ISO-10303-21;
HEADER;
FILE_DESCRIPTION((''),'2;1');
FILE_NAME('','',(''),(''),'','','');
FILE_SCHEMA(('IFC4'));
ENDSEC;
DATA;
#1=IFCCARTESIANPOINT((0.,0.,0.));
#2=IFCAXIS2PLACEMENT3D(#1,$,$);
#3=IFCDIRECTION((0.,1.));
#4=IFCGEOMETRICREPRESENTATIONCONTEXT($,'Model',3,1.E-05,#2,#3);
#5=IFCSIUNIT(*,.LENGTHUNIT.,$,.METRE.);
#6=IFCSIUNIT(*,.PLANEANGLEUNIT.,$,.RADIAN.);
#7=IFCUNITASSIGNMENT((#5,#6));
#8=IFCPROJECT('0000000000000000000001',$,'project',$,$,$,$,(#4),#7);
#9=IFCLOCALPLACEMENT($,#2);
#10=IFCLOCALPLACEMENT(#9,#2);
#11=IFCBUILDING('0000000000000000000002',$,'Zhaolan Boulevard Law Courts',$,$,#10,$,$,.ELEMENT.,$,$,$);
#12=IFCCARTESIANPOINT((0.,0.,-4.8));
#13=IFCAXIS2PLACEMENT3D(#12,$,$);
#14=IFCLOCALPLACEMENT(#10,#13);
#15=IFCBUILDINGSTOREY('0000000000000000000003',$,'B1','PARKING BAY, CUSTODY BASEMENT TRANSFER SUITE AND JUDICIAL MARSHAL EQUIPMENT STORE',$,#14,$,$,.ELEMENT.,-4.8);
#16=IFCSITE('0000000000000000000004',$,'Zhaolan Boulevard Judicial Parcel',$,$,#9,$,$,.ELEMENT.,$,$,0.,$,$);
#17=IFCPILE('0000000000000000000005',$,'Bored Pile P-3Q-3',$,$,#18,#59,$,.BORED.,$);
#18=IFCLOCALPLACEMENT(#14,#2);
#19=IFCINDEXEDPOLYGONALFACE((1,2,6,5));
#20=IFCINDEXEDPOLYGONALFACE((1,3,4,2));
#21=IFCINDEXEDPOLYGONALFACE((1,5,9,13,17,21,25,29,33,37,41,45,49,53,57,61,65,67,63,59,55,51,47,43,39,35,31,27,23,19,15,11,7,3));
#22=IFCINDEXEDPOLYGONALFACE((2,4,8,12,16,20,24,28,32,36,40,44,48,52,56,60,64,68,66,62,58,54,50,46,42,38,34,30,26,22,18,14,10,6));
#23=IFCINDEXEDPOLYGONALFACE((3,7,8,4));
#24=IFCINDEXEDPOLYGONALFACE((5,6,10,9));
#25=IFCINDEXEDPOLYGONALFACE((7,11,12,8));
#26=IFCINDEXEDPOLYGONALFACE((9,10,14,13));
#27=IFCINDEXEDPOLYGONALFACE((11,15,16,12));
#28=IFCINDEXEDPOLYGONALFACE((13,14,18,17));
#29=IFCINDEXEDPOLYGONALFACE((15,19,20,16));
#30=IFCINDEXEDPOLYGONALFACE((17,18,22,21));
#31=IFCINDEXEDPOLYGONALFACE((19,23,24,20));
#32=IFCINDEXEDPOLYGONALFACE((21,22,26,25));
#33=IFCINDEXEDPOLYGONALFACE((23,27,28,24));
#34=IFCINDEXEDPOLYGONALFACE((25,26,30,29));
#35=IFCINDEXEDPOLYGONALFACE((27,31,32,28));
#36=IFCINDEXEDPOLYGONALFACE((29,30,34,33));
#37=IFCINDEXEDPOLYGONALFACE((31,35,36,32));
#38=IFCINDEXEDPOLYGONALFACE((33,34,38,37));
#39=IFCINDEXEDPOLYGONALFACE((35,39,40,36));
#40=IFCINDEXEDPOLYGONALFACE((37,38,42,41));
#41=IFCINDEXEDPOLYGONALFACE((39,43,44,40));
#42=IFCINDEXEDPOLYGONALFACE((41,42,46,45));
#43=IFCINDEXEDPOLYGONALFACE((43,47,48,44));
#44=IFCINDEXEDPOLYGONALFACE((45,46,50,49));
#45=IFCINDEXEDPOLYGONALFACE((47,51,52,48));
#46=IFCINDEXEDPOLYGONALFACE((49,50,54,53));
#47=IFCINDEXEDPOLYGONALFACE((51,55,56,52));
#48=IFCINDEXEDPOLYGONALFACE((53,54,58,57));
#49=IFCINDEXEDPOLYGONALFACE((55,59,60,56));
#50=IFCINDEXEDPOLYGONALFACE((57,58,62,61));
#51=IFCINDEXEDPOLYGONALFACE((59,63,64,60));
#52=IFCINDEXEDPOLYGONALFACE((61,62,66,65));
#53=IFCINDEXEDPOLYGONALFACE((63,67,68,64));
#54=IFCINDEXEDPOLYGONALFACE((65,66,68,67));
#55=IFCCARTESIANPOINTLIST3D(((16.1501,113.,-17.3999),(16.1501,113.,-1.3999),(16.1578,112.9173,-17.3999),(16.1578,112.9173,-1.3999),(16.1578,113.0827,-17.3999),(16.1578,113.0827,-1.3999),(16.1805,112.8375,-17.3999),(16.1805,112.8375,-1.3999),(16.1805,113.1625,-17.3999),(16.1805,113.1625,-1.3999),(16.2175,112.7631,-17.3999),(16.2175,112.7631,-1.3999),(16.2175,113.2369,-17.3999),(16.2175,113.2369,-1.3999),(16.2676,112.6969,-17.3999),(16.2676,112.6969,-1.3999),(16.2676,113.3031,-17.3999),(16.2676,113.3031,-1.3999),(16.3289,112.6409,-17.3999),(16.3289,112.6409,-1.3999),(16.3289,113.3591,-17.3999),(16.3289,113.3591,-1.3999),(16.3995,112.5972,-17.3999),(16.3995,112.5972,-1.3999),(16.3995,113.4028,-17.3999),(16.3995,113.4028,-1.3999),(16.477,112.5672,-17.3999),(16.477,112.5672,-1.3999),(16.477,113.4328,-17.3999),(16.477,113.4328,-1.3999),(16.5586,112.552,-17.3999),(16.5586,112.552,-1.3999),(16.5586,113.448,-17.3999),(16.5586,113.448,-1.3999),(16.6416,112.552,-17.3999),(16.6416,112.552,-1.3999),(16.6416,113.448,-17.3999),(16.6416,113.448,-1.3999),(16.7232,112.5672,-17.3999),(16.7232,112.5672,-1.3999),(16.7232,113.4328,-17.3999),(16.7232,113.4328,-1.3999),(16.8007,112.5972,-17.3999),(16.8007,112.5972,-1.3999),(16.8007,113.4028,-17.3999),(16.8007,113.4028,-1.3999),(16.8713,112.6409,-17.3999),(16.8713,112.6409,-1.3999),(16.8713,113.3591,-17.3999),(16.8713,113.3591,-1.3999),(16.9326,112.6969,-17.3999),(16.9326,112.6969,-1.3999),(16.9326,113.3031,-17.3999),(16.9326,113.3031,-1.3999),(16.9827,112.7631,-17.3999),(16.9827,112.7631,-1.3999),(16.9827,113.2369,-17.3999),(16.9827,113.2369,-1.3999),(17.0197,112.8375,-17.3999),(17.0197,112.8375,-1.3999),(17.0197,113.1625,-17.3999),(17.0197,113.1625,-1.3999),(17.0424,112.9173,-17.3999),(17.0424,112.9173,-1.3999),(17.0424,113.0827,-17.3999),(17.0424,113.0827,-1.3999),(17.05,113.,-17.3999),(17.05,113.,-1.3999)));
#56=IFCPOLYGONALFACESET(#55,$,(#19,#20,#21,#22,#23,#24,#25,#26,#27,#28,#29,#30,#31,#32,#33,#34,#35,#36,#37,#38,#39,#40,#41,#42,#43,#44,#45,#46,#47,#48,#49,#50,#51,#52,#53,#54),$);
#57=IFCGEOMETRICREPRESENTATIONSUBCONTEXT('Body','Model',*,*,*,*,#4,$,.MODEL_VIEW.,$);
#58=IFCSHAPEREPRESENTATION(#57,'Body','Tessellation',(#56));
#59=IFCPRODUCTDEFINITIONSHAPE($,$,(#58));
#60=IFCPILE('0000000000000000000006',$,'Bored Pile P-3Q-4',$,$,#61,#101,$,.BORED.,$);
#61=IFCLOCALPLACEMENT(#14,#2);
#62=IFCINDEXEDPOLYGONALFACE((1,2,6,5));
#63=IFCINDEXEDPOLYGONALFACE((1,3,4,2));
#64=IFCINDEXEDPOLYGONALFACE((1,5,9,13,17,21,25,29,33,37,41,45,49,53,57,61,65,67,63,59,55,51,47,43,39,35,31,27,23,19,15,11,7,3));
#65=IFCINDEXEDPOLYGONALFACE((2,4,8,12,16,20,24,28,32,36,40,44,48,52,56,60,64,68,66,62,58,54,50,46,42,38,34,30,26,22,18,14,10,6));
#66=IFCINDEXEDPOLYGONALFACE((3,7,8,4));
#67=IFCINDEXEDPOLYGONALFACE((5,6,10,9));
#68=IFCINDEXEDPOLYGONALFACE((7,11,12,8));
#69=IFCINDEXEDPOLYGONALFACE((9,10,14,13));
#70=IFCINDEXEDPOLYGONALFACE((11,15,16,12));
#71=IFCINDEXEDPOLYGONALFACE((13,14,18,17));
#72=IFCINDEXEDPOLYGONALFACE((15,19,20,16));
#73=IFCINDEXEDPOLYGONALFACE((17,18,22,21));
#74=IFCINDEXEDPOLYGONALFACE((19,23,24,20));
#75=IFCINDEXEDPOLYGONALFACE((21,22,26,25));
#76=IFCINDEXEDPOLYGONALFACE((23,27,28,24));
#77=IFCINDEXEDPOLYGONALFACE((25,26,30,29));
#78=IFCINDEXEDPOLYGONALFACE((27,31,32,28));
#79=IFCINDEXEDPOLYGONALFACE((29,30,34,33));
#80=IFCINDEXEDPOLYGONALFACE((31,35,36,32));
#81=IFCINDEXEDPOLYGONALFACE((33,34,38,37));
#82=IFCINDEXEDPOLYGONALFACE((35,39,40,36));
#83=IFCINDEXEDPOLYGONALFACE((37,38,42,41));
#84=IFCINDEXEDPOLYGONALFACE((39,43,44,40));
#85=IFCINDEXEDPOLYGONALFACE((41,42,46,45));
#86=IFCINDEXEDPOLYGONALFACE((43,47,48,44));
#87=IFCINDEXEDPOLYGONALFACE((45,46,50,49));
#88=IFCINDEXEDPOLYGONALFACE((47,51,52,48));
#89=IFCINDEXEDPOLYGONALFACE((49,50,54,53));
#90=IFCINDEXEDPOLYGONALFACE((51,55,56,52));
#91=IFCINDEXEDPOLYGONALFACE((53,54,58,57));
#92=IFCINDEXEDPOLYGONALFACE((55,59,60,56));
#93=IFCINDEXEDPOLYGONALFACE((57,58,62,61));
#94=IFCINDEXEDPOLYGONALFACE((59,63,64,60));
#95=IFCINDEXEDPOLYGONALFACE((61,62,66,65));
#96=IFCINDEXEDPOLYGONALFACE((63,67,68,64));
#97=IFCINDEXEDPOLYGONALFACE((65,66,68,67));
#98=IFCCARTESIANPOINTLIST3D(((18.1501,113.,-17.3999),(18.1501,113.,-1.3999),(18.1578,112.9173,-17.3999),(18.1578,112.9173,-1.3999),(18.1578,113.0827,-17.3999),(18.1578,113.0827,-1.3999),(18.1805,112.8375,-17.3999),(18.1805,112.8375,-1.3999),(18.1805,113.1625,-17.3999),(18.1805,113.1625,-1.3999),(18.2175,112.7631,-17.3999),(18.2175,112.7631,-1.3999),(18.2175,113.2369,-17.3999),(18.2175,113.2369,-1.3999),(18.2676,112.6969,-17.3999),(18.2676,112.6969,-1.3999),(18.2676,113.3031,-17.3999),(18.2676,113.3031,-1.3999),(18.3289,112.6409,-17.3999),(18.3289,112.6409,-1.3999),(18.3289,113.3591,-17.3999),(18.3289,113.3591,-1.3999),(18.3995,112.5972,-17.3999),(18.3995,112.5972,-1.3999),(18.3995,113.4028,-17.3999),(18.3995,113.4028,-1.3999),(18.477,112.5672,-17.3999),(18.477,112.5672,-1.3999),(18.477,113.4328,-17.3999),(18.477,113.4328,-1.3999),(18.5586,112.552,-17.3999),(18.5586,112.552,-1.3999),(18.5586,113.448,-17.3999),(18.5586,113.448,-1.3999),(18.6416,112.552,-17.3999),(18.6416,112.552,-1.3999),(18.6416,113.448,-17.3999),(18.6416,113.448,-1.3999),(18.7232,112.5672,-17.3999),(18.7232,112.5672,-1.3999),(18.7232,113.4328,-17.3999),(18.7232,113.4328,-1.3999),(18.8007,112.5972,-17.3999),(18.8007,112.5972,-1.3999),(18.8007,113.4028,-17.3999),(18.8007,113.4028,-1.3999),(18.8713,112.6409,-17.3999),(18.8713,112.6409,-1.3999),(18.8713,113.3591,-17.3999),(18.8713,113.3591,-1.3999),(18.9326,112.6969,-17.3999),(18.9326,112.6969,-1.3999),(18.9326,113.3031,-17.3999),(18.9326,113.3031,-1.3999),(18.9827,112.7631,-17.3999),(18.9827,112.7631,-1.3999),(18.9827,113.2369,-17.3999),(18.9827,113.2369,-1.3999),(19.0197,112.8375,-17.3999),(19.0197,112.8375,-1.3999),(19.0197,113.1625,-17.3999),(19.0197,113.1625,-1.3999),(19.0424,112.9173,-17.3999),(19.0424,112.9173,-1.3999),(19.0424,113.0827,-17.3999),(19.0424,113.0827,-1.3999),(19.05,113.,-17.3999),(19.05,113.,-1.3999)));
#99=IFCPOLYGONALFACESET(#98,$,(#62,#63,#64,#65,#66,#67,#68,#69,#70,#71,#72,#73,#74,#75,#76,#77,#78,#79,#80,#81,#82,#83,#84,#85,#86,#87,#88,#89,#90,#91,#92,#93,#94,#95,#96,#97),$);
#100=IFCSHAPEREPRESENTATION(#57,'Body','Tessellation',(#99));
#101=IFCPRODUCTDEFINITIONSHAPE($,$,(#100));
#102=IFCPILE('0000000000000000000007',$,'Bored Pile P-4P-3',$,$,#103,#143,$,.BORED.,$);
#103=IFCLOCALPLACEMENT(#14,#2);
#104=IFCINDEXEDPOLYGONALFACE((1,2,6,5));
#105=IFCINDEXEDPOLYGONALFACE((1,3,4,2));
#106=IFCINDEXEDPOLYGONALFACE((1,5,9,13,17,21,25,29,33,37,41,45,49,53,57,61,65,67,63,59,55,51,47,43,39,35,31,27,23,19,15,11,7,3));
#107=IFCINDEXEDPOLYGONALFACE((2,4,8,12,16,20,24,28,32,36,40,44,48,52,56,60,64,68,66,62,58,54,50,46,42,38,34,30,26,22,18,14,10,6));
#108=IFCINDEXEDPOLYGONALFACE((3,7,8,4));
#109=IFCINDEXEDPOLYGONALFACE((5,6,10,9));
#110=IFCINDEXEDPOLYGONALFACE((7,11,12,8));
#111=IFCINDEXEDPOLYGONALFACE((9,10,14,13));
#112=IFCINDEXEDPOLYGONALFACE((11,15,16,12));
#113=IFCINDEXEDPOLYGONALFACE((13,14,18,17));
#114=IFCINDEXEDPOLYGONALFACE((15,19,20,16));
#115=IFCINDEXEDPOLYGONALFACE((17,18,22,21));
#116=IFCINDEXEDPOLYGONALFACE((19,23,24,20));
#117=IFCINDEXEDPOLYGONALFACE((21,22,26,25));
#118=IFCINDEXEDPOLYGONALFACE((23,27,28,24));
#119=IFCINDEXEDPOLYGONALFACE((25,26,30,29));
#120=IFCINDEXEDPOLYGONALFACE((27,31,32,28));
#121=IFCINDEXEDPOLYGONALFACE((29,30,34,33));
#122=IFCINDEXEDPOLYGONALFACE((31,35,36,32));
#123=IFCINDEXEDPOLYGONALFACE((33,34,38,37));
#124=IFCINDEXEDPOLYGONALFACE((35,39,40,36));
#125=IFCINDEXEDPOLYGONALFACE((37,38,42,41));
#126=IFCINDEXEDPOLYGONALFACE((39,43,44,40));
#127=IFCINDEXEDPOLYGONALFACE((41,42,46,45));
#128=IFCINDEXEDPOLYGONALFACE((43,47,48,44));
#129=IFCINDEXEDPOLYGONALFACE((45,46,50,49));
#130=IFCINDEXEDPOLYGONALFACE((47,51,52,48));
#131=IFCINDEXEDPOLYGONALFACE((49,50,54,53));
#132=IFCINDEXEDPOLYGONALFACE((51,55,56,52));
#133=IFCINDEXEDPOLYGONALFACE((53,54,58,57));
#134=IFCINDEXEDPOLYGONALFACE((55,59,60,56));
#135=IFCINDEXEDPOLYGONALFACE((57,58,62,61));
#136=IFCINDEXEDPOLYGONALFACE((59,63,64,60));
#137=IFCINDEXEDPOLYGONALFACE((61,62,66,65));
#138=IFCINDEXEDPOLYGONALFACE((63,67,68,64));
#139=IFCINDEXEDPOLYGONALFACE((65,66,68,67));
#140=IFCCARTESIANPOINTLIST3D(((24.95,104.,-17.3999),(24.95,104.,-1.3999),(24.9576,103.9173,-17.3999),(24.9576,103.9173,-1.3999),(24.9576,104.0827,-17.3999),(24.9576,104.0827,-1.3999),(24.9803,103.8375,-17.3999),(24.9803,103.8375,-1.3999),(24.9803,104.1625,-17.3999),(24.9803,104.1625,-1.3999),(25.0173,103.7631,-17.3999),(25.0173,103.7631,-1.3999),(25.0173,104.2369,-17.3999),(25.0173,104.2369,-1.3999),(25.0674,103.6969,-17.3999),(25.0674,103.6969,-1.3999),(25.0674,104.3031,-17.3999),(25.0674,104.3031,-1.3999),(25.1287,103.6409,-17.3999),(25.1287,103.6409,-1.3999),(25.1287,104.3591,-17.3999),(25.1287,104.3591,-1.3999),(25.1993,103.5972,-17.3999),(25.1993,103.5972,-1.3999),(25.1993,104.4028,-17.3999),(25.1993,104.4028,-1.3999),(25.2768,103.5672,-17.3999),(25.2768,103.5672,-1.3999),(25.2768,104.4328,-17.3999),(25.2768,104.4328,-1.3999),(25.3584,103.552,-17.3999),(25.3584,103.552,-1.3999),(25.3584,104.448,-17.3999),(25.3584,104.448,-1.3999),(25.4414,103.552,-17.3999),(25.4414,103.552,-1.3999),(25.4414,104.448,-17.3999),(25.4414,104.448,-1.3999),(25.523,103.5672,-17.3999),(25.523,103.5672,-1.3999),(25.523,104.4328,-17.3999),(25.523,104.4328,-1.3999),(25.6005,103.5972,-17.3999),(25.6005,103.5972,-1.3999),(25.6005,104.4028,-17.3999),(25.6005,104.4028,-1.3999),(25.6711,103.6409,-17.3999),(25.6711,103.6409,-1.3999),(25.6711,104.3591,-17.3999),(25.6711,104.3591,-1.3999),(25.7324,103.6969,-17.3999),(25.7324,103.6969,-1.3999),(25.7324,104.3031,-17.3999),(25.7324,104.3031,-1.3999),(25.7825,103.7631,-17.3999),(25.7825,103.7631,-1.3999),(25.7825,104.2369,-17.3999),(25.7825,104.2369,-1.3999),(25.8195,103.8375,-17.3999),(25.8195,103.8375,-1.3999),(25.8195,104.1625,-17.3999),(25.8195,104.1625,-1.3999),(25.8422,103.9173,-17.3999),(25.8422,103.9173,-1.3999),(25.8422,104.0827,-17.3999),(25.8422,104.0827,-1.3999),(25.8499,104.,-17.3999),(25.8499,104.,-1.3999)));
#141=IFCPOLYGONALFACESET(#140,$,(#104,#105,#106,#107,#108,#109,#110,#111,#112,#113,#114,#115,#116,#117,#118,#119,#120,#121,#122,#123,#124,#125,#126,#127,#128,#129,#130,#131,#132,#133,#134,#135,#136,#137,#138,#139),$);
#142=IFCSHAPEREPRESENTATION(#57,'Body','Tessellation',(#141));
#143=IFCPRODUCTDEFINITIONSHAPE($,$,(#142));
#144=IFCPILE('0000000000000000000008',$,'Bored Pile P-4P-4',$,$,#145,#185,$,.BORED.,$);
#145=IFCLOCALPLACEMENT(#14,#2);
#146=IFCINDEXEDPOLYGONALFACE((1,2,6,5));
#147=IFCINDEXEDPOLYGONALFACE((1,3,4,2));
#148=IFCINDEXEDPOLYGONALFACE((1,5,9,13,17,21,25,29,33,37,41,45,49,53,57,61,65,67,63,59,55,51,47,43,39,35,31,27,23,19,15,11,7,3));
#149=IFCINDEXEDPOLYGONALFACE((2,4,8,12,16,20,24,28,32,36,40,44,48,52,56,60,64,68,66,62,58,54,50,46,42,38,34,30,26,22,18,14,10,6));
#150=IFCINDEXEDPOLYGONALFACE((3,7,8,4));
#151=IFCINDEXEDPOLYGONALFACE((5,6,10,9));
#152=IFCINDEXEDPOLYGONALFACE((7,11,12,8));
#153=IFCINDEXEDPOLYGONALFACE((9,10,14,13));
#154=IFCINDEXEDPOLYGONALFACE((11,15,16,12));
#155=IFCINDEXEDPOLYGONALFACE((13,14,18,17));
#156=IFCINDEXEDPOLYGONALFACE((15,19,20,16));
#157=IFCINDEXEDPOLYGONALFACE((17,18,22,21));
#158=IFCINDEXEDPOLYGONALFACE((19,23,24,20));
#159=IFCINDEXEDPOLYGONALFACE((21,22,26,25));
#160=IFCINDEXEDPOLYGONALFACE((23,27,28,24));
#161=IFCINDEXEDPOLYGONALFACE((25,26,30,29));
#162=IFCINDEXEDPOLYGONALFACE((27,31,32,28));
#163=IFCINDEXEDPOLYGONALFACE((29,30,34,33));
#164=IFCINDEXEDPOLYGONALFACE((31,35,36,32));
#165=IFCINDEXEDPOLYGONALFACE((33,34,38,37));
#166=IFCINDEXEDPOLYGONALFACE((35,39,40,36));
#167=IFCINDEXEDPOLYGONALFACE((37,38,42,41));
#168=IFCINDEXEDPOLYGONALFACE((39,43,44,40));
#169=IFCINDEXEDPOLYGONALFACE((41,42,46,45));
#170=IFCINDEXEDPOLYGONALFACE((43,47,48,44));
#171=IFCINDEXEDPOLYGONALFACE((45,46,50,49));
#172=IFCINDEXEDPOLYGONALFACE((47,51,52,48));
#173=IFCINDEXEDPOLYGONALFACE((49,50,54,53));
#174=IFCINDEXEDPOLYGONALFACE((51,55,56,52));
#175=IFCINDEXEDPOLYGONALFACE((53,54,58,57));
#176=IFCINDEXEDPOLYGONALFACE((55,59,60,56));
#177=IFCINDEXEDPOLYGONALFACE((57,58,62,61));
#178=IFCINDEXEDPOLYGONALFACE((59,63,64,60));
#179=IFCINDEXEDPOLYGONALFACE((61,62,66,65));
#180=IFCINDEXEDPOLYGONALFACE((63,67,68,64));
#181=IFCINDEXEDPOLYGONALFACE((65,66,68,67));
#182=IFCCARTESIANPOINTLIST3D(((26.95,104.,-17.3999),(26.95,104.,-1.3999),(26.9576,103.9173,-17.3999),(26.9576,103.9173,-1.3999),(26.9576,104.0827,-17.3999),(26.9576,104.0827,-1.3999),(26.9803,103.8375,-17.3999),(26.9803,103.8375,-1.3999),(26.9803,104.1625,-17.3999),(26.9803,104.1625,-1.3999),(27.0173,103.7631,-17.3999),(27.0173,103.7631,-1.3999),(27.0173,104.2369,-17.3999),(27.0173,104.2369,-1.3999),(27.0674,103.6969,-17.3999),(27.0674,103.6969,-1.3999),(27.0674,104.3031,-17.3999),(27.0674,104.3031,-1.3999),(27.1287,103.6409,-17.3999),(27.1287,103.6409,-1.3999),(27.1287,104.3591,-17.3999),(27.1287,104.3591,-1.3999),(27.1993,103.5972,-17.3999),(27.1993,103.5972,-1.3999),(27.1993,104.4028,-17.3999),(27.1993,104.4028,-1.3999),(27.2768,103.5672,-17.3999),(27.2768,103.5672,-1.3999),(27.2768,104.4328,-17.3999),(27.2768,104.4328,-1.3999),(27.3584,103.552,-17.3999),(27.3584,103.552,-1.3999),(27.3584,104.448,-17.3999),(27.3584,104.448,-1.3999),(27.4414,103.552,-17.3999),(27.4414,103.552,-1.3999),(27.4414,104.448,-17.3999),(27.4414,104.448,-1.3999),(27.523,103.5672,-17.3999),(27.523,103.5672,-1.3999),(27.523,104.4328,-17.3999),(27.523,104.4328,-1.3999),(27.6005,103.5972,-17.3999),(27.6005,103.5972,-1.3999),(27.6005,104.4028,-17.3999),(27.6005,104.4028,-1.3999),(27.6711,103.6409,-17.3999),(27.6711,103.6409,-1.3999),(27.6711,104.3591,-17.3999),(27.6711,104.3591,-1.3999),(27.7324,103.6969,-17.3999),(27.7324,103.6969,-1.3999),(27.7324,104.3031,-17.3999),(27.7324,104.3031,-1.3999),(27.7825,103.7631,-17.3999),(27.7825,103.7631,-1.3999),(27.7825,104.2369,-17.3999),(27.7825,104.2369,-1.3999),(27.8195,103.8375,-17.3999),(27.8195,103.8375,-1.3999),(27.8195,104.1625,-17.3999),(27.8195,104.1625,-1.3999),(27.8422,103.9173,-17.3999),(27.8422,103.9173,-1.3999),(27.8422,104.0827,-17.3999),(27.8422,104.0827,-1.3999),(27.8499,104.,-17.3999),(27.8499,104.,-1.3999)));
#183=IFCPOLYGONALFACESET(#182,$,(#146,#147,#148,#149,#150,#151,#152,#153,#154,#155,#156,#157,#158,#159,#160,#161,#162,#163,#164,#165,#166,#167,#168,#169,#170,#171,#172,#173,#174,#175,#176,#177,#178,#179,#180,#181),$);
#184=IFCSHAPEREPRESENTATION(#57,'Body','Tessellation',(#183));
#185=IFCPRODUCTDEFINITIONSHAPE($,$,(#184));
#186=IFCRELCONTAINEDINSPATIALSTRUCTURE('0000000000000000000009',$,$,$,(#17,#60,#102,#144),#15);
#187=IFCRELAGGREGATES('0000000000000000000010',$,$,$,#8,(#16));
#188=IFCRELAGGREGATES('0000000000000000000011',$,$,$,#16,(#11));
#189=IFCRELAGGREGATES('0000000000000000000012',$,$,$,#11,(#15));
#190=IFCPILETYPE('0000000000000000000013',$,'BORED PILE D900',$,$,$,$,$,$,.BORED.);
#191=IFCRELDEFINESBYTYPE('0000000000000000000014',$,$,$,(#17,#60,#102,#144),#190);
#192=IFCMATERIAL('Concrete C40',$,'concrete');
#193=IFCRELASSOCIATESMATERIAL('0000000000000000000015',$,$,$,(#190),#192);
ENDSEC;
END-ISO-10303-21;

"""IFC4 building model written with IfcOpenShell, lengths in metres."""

from ifc_helpers import new_model, si_unit, direction, frame, origin, origin_2d, place, context, subcontext, project, spatial, circle, extrude, material, material_profile, profile_set, type_object, element, save


model = new_model("IFC4")

# Units and contexts
model_context = context("Model", 3, precision=1e-05, world=origin(), true_north=direction((0.0, 1.0)))
body_context = subcontext(model_context, "Body", "Model", "MODEL_VIEW")
ifc_project = project(units=[si_unit("LENGTHUNIT", "METRE"), si_unit("PLANEANGLEUNIT", "RADIAN")], contexts=[model_context])

# Site, building, storey
site_placement = place(None, origin())
site = spatial("IfcSite", under=ifc_project, at=site_placement, Name="Zhaolan Boulevard Judicial Parcel", CompositionType="ELEMENT", RefElevation=0.0)
building_placement = place(site_placement, origin())
building = spatial("IfcBuilding", under=site, at=building_placement, Name="Zhaolan Boulevard Law Courts", CompositionType="ELEMENT")
storey_placement = place(building_placement, frame((0.0, 0.0, -4.8)))
storey = spatial("IfcBuildingStorey", under=building, at=storey_placement, Name="B1", Description="PARKING BAY, CUSTODY BASEMENT TRANSFER SUITE AND JUDICIAL MARSHAL EQUIPMENT STORE", CompositionType="ELEMENT", Elevation=-4.8)

# Piles
ifc_material_1 = material(Name="Concrete C40", Category="concrete")
ifc_material_profile_1 = material_profile(ifc_material_1, circle(Radius=0.45, at=origin_2d()), Name="PILE-D900")
ifc_profile_set_1 = profile_set([ifc_material_profile_1], Name="Concrete C40")
pile_type = type_object("IfcPileType", Name="BORED PILE D900", PredefinedType="BORED", material=ifc_profile_set_1)
for number, where, z_axis, x_axis, name in (
    (1, (16.6001, 113.0, -1.3999), (0.0, 0.0, -1.0), (1.0, 0.0, 0.0), "Bored Pile P-3Q-3"),
    (2, (18.6001, 113.0, -1.3999), (0.0, 0.0, -1.0), (1.0, 0.0, 0.0), "Bored Pile P-3Q-4"),
    (3, (25.3999, 104.0, -1.3999), (0.0, 0.0, -1.0), (1.0, 0.0, 0.0), "Bored Pile P-4P-3"),
    (4, (27.3999, 104.0, -1.3999), (0.0, 0.0, -1.0), (1.0, 0.0, 0.0), "Bored Pile P-4P-4"),
):
    element("IfcPile", number, at=place(storey_placement, frame(where, z_axis=z_axis, x_axis=x_axis)), inside=storey, type_object=pile_type, Name=name, PredefinedType="BORED", context=body_context, shape_type="SweptSolid", body=[
        extrude(circle(Radius=0.45, at=origin_2d()), origin(), (0.0, 0.0, 1.0), 16.0),
    ])

save(model, "model.ifc")
